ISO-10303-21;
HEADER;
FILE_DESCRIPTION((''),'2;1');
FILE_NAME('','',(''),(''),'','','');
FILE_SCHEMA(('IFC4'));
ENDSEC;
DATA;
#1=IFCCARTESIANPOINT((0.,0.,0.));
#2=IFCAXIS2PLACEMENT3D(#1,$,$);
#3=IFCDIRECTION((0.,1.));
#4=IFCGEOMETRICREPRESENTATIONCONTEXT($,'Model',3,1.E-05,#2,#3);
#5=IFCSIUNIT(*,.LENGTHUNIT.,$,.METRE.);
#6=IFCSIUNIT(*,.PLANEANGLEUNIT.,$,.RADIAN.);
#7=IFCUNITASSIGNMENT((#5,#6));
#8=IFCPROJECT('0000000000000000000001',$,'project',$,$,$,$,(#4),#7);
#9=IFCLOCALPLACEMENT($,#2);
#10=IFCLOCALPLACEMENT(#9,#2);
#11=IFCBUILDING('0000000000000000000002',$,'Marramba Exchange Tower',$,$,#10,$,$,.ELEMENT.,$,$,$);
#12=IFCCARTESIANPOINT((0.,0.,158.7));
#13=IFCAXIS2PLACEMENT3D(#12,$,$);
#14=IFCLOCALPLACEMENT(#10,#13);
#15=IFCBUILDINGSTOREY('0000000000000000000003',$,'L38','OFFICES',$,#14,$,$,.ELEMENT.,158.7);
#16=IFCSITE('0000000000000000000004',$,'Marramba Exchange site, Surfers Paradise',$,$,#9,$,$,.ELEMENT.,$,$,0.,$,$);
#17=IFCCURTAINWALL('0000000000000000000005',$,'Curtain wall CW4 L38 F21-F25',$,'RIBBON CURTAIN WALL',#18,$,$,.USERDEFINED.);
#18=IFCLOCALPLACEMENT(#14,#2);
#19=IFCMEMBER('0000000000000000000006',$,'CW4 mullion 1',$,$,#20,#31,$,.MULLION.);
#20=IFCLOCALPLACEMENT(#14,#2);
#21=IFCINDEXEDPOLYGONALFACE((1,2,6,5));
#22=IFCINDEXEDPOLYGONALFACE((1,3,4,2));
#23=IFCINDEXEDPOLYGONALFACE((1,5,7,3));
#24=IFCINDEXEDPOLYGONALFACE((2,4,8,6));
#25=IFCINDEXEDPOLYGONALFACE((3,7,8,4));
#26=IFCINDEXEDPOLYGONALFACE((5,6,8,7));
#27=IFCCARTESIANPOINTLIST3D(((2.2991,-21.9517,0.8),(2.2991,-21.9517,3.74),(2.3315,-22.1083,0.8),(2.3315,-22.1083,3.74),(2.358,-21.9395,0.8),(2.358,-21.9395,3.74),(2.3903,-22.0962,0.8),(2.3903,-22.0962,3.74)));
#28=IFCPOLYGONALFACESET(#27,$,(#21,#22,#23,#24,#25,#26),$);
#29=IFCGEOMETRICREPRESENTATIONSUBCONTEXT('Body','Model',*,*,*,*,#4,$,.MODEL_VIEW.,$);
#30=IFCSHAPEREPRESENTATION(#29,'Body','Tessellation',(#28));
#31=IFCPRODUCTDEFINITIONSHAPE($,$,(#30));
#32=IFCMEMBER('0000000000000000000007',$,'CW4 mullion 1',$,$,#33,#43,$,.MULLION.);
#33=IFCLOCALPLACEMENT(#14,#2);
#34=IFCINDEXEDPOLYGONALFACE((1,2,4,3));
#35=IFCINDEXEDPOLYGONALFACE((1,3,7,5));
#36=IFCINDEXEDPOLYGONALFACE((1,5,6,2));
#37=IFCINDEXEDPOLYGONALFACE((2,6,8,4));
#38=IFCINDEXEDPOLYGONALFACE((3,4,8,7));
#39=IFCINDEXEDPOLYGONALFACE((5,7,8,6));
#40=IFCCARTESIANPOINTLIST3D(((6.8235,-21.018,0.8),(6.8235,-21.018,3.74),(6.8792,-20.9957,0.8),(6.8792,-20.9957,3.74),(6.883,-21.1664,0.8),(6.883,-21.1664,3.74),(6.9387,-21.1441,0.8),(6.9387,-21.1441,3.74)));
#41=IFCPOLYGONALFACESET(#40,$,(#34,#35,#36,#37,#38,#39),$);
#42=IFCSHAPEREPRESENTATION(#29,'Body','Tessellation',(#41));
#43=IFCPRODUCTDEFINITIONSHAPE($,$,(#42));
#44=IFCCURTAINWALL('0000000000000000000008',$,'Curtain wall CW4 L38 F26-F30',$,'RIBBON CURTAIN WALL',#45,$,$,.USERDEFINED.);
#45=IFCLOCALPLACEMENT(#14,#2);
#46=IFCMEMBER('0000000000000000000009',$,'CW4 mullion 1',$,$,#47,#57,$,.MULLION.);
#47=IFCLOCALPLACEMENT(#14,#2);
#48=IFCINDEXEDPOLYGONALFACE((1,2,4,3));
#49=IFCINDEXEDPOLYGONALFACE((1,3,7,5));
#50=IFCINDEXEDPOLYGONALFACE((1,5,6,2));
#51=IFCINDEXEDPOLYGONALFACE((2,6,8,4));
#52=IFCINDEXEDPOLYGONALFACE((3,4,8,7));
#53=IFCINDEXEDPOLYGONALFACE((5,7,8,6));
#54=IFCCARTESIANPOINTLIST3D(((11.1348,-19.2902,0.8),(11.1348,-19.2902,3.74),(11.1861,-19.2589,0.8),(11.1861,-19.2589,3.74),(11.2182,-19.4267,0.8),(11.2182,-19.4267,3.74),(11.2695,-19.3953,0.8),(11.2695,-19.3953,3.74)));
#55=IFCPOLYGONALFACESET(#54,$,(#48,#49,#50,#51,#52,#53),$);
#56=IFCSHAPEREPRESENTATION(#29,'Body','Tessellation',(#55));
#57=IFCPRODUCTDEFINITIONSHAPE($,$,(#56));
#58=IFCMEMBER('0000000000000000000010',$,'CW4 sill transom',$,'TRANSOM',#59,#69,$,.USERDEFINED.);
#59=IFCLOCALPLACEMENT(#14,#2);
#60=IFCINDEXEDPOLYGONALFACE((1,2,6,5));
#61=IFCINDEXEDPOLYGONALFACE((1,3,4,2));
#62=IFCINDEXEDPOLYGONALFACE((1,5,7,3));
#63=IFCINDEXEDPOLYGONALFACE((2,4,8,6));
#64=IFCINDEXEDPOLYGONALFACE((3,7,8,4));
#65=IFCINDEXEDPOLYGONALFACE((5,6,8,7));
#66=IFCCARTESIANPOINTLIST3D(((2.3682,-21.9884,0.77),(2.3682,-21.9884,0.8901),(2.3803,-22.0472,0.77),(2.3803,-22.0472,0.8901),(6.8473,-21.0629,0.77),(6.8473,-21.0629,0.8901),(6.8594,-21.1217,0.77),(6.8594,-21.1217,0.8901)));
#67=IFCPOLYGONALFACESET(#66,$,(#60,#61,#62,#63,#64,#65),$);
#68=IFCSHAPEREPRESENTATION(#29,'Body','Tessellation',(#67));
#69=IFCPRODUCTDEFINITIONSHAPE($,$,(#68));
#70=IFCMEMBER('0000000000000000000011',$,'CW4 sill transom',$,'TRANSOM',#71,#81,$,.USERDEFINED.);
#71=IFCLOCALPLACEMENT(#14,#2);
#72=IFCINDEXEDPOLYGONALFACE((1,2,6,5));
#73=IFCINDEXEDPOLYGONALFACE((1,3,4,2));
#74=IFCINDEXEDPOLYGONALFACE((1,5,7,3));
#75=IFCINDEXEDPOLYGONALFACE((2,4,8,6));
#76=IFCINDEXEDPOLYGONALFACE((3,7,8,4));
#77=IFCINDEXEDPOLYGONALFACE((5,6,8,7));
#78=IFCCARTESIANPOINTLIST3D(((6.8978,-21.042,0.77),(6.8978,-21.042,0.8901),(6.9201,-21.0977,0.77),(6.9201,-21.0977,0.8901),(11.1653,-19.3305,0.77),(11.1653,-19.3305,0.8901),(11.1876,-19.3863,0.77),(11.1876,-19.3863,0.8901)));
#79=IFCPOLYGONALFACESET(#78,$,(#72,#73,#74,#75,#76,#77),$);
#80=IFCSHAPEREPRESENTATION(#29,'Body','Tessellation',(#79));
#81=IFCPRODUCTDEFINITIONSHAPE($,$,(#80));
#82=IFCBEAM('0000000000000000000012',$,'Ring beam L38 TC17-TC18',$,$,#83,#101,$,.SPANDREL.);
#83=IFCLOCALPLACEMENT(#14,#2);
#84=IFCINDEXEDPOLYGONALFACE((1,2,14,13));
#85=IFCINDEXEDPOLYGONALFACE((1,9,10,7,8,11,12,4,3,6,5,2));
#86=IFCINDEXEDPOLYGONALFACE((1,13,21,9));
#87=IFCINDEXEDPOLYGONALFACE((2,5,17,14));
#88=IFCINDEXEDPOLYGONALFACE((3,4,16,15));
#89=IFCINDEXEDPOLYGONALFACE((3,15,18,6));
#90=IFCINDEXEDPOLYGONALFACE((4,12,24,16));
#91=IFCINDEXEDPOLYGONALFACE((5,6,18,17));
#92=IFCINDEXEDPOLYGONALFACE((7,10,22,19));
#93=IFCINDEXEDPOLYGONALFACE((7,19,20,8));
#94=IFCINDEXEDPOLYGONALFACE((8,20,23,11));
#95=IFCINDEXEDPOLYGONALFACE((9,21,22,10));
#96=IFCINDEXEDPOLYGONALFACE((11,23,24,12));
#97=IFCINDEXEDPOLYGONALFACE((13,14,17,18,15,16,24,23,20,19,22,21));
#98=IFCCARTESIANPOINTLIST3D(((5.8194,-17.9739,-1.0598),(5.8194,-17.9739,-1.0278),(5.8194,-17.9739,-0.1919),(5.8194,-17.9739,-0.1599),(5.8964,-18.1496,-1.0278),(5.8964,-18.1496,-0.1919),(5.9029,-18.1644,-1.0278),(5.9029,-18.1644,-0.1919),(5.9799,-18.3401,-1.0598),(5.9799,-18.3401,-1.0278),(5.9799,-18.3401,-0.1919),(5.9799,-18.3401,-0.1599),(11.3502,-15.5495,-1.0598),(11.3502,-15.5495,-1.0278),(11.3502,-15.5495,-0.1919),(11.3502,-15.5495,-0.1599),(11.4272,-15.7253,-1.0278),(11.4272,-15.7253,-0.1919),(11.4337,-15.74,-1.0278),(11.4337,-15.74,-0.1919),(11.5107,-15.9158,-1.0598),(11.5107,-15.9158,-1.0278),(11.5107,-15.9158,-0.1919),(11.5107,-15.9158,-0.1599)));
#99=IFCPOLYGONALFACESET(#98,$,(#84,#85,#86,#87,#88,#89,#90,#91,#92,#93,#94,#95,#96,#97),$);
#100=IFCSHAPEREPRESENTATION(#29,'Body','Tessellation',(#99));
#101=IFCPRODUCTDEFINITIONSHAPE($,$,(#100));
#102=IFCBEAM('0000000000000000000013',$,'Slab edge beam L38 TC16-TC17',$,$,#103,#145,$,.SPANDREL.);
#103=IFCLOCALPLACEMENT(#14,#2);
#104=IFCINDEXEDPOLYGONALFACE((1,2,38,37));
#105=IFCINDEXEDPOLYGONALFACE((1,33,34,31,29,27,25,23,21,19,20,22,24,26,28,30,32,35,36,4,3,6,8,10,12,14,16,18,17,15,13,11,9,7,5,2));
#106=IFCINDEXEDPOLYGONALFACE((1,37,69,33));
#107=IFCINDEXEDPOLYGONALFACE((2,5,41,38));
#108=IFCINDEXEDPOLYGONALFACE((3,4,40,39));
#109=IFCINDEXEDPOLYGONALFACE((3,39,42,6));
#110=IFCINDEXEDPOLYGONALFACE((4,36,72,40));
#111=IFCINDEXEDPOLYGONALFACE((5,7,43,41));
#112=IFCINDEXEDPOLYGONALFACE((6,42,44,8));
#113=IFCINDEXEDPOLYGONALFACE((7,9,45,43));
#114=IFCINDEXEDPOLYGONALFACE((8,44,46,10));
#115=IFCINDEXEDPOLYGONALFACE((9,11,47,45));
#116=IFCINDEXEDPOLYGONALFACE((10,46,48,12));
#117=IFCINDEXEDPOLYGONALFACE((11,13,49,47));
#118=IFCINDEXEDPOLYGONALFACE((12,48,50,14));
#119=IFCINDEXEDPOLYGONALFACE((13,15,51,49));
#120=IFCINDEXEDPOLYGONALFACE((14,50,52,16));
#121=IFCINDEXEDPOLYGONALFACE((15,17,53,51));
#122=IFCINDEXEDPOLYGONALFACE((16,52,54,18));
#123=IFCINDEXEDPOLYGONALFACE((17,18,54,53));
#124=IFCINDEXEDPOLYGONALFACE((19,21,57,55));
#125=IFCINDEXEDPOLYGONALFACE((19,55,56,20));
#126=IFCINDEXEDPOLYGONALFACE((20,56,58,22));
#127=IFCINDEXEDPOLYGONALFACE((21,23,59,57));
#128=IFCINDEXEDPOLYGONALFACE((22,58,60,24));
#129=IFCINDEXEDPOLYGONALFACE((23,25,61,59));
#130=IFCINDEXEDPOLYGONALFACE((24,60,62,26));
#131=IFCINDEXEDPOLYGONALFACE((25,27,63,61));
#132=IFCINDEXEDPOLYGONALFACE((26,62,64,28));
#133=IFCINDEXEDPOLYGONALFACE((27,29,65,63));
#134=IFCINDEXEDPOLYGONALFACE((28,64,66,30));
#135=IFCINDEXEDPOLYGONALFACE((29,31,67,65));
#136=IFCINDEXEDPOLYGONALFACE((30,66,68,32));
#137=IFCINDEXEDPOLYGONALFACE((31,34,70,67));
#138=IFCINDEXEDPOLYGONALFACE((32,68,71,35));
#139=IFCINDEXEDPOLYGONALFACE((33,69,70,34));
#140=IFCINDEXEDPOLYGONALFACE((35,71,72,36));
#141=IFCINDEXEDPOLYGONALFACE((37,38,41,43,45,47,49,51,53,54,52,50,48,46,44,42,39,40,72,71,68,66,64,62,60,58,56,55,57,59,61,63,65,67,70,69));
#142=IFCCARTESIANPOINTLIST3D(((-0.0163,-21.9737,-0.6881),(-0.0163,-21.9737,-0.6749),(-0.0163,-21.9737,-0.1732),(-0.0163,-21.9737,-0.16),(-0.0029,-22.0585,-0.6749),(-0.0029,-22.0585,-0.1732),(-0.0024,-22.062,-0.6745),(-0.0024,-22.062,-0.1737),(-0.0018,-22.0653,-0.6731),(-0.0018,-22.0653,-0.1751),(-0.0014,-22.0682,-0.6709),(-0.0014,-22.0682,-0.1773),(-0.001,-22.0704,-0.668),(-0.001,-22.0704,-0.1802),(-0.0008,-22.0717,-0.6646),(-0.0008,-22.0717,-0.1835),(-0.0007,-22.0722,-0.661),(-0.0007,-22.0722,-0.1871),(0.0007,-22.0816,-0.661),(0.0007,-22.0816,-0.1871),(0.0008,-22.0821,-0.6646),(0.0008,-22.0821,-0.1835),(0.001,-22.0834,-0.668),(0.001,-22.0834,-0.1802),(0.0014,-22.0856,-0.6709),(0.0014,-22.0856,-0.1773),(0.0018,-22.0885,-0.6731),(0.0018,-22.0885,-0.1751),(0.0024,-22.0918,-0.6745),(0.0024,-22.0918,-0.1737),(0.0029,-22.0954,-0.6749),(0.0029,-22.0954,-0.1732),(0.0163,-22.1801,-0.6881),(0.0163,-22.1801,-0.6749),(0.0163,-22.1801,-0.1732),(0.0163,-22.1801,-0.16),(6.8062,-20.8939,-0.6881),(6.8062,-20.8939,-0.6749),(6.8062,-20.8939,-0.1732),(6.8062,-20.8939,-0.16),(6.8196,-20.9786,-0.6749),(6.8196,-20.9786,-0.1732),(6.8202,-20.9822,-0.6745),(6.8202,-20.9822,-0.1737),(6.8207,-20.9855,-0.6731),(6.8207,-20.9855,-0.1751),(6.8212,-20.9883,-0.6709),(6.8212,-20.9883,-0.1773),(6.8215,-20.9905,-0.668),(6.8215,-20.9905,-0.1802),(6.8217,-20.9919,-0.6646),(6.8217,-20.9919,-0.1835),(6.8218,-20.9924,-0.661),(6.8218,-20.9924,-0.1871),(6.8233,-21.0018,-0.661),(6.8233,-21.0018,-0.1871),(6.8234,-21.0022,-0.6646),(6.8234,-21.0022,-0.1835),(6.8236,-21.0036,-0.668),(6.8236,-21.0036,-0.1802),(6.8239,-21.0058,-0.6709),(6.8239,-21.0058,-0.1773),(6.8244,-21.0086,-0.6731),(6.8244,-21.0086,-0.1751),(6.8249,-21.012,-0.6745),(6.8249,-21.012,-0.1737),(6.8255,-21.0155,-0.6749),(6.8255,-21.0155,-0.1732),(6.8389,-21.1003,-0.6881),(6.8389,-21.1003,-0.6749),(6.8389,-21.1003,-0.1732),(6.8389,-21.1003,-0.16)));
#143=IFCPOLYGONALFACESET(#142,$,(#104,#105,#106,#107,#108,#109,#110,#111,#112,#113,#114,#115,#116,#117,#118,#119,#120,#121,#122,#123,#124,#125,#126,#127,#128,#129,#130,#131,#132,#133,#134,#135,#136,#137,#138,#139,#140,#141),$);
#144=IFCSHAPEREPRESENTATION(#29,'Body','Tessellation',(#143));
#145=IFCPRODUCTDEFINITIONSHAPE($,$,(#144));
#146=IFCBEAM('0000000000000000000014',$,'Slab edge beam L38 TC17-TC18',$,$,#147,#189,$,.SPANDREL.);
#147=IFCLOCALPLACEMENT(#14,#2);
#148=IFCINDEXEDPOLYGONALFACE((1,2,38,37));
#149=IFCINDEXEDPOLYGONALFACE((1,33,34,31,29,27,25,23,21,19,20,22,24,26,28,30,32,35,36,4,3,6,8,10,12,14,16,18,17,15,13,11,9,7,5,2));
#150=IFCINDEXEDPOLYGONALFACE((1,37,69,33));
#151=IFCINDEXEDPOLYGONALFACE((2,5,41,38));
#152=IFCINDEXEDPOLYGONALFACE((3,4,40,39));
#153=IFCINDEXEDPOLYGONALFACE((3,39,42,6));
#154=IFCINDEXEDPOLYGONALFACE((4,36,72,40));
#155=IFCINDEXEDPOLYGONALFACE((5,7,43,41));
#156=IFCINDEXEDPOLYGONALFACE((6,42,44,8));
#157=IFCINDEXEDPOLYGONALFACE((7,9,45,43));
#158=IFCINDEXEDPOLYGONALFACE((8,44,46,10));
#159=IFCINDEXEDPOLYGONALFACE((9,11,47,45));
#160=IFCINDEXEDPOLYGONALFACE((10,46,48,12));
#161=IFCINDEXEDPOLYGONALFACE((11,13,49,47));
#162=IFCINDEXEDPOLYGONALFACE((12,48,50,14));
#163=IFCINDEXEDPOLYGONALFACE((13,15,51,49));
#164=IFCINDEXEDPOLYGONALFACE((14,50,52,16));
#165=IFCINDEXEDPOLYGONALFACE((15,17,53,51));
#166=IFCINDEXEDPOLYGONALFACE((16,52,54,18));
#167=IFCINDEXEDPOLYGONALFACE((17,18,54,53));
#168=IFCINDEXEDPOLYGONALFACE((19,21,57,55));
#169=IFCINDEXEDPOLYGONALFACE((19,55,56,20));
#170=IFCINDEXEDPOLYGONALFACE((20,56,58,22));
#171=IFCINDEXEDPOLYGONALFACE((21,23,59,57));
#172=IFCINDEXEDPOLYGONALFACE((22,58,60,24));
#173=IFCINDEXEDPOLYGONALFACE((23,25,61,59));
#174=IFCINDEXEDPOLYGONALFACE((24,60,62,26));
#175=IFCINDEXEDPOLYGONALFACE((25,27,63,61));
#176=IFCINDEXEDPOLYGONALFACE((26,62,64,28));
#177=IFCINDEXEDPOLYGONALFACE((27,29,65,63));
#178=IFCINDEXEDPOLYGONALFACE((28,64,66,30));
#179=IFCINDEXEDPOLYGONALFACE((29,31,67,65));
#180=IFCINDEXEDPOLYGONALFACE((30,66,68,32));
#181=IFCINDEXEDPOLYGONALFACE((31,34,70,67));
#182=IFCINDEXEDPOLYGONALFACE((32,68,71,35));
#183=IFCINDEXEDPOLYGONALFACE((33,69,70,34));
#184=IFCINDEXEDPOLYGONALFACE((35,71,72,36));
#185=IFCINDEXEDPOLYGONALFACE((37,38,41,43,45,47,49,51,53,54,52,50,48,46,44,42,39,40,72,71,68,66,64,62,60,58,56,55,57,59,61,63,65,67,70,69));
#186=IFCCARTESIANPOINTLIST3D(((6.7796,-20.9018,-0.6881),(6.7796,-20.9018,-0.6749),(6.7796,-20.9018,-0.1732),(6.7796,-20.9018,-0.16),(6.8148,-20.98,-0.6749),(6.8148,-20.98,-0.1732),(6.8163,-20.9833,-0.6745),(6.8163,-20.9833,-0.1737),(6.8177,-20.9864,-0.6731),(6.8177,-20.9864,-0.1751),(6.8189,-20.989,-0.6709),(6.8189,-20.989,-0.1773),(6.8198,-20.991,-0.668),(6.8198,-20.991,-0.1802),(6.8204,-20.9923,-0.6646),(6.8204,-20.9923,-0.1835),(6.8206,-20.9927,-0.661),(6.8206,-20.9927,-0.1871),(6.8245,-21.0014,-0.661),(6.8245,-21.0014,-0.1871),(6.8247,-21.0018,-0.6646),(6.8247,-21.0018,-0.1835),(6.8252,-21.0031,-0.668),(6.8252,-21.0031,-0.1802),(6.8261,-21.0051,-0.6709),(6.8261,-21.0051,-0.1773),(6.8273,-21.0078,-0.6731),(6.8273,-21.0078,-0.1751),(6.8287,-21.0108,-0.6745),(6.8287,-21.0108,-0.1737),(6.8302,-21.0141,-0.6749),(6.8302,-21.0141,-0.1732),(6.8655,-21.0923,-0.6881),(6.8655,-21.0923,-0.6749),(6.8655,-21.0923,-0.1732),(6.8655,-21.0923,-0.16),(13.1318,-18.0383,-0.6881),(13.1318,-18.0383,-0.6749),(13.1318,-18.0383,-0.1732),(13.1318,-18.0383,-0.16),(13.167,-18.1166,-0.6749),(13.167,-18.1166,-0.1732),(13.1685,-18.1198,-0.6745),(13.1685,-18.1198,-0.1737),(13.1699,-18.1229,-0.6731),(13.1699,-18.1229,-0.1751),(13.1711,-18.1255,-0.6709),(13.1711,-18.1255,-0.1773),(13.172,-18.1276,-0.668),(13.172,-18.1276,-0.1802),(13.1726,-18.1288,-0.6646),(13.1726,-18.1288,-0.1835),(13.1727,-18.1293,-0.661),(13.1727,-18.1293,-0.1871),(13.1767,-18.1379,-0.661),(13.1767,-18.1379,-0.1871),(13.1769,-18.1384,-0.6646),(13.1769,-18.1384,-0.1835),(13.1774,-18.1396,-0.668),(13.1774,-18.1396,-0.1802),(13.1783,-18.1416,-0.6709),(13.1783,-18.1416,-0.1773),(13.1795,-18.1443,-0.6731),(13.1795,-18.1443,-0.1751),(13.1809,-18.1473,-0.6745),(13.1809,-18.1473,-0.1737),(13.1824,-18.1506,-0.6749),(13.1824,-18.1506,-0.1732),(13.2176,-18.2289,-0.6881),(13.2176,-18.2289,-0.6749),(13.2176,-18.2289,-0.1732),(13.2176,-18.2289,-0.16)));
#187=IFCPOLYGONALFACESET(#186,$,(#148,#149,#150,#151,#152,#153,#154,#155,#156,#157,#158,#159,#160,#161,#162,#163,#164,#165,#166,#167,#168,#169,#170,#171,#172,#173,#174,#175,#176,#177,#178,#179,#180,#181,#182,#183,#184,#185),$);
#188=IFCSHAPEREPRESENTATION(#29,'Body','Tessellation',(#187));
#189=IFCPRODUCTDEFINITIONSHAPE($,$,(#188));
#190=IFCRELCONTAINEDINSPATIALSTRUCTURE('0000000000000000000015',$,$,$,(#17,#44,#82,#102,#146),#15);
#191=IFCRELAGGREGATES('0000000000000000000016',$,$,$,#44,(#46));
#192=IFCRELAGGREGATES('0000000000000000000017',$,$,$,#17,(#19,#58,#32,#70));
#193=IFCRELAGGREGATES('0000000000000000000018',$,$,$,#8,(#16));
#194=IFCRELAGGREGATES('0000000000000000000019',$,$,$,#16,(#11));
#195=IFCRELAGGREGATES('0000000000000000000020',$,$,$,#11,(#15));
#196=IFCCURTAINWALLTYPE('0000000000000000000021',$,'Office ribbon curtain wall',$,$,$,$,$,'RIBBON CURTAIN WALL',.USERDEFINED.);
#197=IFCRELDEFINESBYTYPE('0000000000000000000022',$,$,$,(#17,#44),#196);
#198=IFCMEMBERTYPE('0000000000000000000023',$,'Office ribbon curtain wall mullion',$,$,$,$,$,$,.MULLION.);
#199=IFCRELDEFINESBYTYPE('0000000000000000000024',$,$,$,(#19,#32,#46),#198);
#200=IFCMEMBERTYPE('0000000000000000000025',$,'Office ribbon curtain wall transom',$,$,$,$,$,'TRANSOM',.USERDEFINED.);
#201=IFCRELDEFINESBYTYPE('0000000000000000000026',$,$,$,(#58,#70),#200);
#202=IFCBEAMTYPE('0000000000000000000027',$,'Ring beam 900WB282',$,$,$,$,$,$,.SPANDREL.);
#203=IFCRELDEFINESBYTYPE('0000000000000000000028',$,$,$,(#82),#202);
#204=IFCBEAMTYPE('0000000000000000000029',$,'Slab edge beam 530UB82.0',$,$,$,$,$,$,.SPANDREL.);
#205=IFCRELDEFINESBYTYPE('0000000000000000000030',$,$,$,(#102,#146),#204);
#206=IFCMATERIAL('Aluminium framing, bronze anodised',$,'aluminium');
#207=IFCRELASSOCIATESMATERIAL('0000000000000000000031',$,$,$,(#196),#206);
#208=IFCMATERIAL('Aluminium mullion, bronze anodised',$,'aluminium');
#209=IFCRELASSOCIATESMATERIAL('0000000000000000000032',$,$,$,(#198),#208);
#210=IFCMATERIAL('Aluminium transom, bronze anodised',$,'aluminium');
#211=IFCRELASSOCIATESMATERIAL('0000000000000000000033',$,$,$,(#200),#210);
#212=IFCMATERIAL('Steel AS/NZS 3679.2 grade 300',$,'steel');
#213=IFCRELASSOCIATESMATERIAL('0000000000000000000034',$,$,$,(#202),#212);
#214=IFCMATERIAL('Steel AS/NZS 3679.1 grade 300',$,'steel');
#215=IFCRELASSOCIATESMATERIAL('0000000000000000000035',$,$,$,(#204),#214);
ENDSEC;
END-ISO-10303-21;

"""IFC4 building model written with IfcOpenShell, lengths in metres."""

from ifc_helpers import new_model, si_unit, direction, frame, origin, origin_2d, place, context, subcontext, project, spatial, rectangle, i_section, extrude, material, material_profile, profile_set, type_object, element, aggregate, save


model = new_model("IFC4")

# Units and contexts
model_context = context("Model", 3, precision=1e-05, world=origin(), true_north=direction((0.0, 1.0)))
body_context = subcontext(model_context, "Body", "Model", "MODEL_VIEW")
ifc_project = project(units=[si_unit("LENGTHUNIT", "METRE"), si_unit("PLANEANGLEUNIT", "RADIAN")], contexts=[model_context])

# Site, building, storey
site_placement = place(None, origin())
site = spatial("IfcSite", under=ifc_project, at=site_placement, Name="Marramba Exchange site, Surfers Paradise", CompositionType="ELEMENT", RefElevation=0.0)
building_placement = place(site_placement, origin())
building = spatial("IfcBuilding", under=site, at=building_placement, Name="Marramba Exchange Tower", CompositionType="ELEMENT")
storey_placement = place(building_placement, frame((0.0, 0.0, 158.7)))
storey = spatial("IfcBuildingStorey", under=building, at=storey_placement, Name="L38", Description="OFFICES", CompositionType="ELEMENT", Elevation=158.7)

# Shared definitions
ifc_material_1 = material(Name="Steel AS/NZS 3679.2 grade 300", Category="steel")
ifc_material_2 = material(Name="Steel AS/NZS 3679.1 grade 300", Category="steel")

# Curtain wall, members
ifc_material_3 = material(Name="Aluminium framing, bronze anodised", Category="aluminium")
curtain_wall_type = type_object("IfcCurtainWallType", Name="Office ribbon curtain wall", ElementType="RIBBON CURTAIN WALL", PredefinedType="USERDEFINED", material=ifc_material_3)
curtain_wall_1_placement = place(storey_placement, origin())
curtain_wall_1 = element("IfcCurtainWall", 1, at=curtain_wall_1_placement, inside=storey, type_object=curtain_wall_type, Name="Curtain wall CW4 L38 F21-F25", ObjectType="RIBBON CURTAIN WALL", PredefinedType="USERDEFINED")
ifc_material_4 = material(Name="Aluminium mullion, bronze anodised", Category="aluminium")
ifc_material_profile_1 = material_profile(ifc_material_4, rectangle(XDim=0.1599, YDim=0.0601, at=origin_2d()), Name="CW4 mullion 60x160")
ifc_profile_set_1 = profile_set([ifc_material_profile_1], Name="Aluminium mullion, bronze anodised")
member_type_1 = type_object("IfcMemberType", Name="Office ribbon curtain wall mullion", PredefinedType="MULLION", material=ifc_profile_set_1)
member_1_placement = place(storey_placement, frame((2.3447, -22.0239, 0.8), z_axis=(0.0, 0.0, 1.0), x_axis=(-0.202365, 0.97931, 0.0)))
member_1 = element("IfcMember", 2, at=member_1_placement, type_object=member_type_1, Name="CW4 mullion 1", PredefinedType="MULLION", context=body_context, shape_type="SweptSolid", body=[
    extrude(rectangle(XDim=0.1599, YDim=0.0601, at=origin_2d()), origin(), (0.0, 0.0, 1.0), 2.9399),
])
member_2_placement = place(storey_placement, frame((6.8811, -21.0811, 0.8), z_axis=(0.0, 0.0, 1.0), x_axis=(-0.372209, 0.928149, 0.0)))
member_2 = element("IfcMember", 3, at=member_2_placement, type_object=member_type_1, Name="CW4 mullion 1", PredefinedType="MULLION", context=body_context, shape_type="SweptSolid", body=[
    extrude(rectangle(XDim=0.1599, YDim=0.0601, at=origin_2d()), origin(), (0.0, 0.0, 1.0), 2.9399),
])

# Curtain wall, member
curtain_wall_2_placement = place(storey_placement, origin())
curtain_wall_2 = element("IfcCurtainWall", 4, at=curtain_wall_2_placement, inside=storey, type_object=curtain_wall_type, Name="Curtain wall CW4 L38 F26-F30", ObjectType="RIBBON CURTAIN WALL", PredefinedType="USERDEFINED")
member_3_placement = place(storey_placement, frame((11.2021, -19.3428, 0.8), z_axis=(0.0, 0.0, 1.0), x_axis=(-0.521733, 0.853109, 0.0)))
member_3 = element("IfcMember", 5, at=member_3_placement, type_object=member_type_1, Name="CW4 mullion 1", PredefinedType="MULLION", context=body_context, shape_type="SweptSolid", body=[
    extrude(rectangle(XDim=0.1599, YDim=0.0601, at=origin_2d()), origin(), (0.0, 0.0, 1.0), 2.9399),
])
aggregate(curtain_wall_2, [member_3])

# Members
ifc_material_5 = material(Name="Aluminium transom, bronze anodised", Category="aluminium")
ifc_material_profile_2 = material_profile(ifc_material_5, rectangle(XDim=0.0601, YDim=0.1201, at=origin_2d()), Name="CW4 transom 60x120")
ifc_profile_set_2 = profile_set([ifc_material_profile_2], Name="Aluminium transom, bronze anodised")
member_type_2 = type_object("IfcMemberType", Name="Office ribbon curtain wall transom", ElementType="TRANSOM", PredefinedType="USERDEFINED", material=ifc_profile_set_2)
member_4_placement = place(storey_placement, frame((2.3743, -22.0178, 0.8301), z_axis=(0.97931, 0.202364, 0.0), x_axis=(-0.202364, 0.97931, 0.0)))
member_4 = element("IfcMember", 6, at=member_4_placement, type_object=member_type_2, Name="CW4 sill transom", ObjectType="TRANSOM", PredefinedType="USERDEFINED", context=body_context, shape_type="SweptSolid", body=[
    extrude(rectangle(XDim=0.0601, YDim=0.1201, at=origin_2d()), origin(), (0.0, 0.0, 1.0), 4.5737),
])
member_5_placement = place(storey_placement, frame((6.9089, -21.0698, 0.8301), z_axis=(0.928147, 0.372214, 0.0), x_axis=(-0.372214, 0.928147, 0.0)))
member_5 = element("IfcMember", 7, at=member_5_placement, type_object=member_type_2, Name="CW4 sill transom", ObjectType="TRANSOM", PredefinedType="USERDEFINED", context=body_context, shape_type="SweptSolid", body=[
    extrude(rectangle(XDim=0.0601, YDim=0.1201, at=origin_2d()), origin(), (0.0, 0.0, 1.0), 4.5979),
])

# Beams
ifc_material_profile_3 = material_profile(ifc_material_1, i_section(OverallWidth=0.3999, OverallDepth=0.8999, WebThickness=0.0161, FlangeThickness=0.032, at=origin_2d()), Name="900WB282")
ifc_profile_set_3 = profile_set([ifc_material_profile_3], Name="Steel AS/NZS 3679.2 grade 300")
beam_type_1 = type_object("IfcBeamType", Name="Ring beam 900WB282", PredefinedType="SPANDREL", material=ifc_profile_set_3)
beam_1_placement = place(storey_placement, frame((5.8997, -18.157, -0.6099), z_axis=(0.915877, 0.401459, 0.0), x_axis=(-0.401459, 0.915877, 0.0)))
element("IfcBeam", 8, at=beam_1_placement, inside=storey, type_object=beam_type_1, Name="Ring beam L38 TC17-TC18", PredefinedType="SPANDREL", context=body_context, shape_type="SweptSolid", body=[
    extrude(i_section(OverallWidth=0.3999, OverallDepth=0.8999, WebThickness=0.0161, FlangeThickness=0.032, at=origin_2d()), origin(), (0.0, 0.0, 1.0), 6.0388),
])
ifc_material_profile_4 = material_profile(ifc_material_2, i_section(OverallWidth=0.209, OverallDepth=0.5281, WebThickness=0.0095, FlangeThickness=0.0132, FilletRadius=0.0139, at=origin_2d()), Name="530UB82.0")
ifc_profile_set_4 = profile_set([ifc_material_profile_4], Name="Steel AS/NZS 3679.1 grade 300")
beam_type_2 = type_object("IfcBeamType", Name="Slab edge beam 530UB82.0", PredefinedType="SPANDREL", material=ifc_profile_set_4)
beam_2_placement = place(storey_placement, frame((0.0, -22.0769, -0.4241), z_axis=(0.987705, 0.156329, 0.0), x_axis=(-0.156329, 0.987705, 0.0)))
element("IfcBeam", 9, at=beam_2_placement, inside=storey, type_object=beam_type_2, Name="Slab edge beam L38 TC16-TC17", PredefinedType="SPANDREL", context=body_context, shape_type="SweptSolid", body=[
    extrude(i_section(OverallWidth=0.209, OverallDepth=0.5281, WebThickness=0.0095, FlangeThickness=0.0132, FilletRadius=0.0139, at=origin_2d()), origin(), (0.0, 0.0, 1.0), 6.9075),
])
beam_3_placement = place(storey_placement, frame((6.8225, -20.9971, -0.4241), z_axis=(0.911653, 0.41096, 0.0), x_axis=(-0.41096, 0.911653, 0.0)))
element("IfcBeam", 10, at=beam_3_placement, inside=storey, type_object=beam_type_2, Name="Slab edge beam L38 TC17-TC18", PredefinedType="SPANDREL", context=body_context, shape_type="SweptSolid", body=[
    extrude(i_section(OverallWidth=0.209, OverallDepth=0.5281, WebThickness=0.0095, FlangeThickness=0.0132, FilletRadius=0.0139, at=origin_2d()), origin(), (0.0, 0.0, 1.0), 6.9678),
])

aggregate(curtain_wall_1, [member_1, member_4, member_2, member_5])

save(model, "model.ifc")
